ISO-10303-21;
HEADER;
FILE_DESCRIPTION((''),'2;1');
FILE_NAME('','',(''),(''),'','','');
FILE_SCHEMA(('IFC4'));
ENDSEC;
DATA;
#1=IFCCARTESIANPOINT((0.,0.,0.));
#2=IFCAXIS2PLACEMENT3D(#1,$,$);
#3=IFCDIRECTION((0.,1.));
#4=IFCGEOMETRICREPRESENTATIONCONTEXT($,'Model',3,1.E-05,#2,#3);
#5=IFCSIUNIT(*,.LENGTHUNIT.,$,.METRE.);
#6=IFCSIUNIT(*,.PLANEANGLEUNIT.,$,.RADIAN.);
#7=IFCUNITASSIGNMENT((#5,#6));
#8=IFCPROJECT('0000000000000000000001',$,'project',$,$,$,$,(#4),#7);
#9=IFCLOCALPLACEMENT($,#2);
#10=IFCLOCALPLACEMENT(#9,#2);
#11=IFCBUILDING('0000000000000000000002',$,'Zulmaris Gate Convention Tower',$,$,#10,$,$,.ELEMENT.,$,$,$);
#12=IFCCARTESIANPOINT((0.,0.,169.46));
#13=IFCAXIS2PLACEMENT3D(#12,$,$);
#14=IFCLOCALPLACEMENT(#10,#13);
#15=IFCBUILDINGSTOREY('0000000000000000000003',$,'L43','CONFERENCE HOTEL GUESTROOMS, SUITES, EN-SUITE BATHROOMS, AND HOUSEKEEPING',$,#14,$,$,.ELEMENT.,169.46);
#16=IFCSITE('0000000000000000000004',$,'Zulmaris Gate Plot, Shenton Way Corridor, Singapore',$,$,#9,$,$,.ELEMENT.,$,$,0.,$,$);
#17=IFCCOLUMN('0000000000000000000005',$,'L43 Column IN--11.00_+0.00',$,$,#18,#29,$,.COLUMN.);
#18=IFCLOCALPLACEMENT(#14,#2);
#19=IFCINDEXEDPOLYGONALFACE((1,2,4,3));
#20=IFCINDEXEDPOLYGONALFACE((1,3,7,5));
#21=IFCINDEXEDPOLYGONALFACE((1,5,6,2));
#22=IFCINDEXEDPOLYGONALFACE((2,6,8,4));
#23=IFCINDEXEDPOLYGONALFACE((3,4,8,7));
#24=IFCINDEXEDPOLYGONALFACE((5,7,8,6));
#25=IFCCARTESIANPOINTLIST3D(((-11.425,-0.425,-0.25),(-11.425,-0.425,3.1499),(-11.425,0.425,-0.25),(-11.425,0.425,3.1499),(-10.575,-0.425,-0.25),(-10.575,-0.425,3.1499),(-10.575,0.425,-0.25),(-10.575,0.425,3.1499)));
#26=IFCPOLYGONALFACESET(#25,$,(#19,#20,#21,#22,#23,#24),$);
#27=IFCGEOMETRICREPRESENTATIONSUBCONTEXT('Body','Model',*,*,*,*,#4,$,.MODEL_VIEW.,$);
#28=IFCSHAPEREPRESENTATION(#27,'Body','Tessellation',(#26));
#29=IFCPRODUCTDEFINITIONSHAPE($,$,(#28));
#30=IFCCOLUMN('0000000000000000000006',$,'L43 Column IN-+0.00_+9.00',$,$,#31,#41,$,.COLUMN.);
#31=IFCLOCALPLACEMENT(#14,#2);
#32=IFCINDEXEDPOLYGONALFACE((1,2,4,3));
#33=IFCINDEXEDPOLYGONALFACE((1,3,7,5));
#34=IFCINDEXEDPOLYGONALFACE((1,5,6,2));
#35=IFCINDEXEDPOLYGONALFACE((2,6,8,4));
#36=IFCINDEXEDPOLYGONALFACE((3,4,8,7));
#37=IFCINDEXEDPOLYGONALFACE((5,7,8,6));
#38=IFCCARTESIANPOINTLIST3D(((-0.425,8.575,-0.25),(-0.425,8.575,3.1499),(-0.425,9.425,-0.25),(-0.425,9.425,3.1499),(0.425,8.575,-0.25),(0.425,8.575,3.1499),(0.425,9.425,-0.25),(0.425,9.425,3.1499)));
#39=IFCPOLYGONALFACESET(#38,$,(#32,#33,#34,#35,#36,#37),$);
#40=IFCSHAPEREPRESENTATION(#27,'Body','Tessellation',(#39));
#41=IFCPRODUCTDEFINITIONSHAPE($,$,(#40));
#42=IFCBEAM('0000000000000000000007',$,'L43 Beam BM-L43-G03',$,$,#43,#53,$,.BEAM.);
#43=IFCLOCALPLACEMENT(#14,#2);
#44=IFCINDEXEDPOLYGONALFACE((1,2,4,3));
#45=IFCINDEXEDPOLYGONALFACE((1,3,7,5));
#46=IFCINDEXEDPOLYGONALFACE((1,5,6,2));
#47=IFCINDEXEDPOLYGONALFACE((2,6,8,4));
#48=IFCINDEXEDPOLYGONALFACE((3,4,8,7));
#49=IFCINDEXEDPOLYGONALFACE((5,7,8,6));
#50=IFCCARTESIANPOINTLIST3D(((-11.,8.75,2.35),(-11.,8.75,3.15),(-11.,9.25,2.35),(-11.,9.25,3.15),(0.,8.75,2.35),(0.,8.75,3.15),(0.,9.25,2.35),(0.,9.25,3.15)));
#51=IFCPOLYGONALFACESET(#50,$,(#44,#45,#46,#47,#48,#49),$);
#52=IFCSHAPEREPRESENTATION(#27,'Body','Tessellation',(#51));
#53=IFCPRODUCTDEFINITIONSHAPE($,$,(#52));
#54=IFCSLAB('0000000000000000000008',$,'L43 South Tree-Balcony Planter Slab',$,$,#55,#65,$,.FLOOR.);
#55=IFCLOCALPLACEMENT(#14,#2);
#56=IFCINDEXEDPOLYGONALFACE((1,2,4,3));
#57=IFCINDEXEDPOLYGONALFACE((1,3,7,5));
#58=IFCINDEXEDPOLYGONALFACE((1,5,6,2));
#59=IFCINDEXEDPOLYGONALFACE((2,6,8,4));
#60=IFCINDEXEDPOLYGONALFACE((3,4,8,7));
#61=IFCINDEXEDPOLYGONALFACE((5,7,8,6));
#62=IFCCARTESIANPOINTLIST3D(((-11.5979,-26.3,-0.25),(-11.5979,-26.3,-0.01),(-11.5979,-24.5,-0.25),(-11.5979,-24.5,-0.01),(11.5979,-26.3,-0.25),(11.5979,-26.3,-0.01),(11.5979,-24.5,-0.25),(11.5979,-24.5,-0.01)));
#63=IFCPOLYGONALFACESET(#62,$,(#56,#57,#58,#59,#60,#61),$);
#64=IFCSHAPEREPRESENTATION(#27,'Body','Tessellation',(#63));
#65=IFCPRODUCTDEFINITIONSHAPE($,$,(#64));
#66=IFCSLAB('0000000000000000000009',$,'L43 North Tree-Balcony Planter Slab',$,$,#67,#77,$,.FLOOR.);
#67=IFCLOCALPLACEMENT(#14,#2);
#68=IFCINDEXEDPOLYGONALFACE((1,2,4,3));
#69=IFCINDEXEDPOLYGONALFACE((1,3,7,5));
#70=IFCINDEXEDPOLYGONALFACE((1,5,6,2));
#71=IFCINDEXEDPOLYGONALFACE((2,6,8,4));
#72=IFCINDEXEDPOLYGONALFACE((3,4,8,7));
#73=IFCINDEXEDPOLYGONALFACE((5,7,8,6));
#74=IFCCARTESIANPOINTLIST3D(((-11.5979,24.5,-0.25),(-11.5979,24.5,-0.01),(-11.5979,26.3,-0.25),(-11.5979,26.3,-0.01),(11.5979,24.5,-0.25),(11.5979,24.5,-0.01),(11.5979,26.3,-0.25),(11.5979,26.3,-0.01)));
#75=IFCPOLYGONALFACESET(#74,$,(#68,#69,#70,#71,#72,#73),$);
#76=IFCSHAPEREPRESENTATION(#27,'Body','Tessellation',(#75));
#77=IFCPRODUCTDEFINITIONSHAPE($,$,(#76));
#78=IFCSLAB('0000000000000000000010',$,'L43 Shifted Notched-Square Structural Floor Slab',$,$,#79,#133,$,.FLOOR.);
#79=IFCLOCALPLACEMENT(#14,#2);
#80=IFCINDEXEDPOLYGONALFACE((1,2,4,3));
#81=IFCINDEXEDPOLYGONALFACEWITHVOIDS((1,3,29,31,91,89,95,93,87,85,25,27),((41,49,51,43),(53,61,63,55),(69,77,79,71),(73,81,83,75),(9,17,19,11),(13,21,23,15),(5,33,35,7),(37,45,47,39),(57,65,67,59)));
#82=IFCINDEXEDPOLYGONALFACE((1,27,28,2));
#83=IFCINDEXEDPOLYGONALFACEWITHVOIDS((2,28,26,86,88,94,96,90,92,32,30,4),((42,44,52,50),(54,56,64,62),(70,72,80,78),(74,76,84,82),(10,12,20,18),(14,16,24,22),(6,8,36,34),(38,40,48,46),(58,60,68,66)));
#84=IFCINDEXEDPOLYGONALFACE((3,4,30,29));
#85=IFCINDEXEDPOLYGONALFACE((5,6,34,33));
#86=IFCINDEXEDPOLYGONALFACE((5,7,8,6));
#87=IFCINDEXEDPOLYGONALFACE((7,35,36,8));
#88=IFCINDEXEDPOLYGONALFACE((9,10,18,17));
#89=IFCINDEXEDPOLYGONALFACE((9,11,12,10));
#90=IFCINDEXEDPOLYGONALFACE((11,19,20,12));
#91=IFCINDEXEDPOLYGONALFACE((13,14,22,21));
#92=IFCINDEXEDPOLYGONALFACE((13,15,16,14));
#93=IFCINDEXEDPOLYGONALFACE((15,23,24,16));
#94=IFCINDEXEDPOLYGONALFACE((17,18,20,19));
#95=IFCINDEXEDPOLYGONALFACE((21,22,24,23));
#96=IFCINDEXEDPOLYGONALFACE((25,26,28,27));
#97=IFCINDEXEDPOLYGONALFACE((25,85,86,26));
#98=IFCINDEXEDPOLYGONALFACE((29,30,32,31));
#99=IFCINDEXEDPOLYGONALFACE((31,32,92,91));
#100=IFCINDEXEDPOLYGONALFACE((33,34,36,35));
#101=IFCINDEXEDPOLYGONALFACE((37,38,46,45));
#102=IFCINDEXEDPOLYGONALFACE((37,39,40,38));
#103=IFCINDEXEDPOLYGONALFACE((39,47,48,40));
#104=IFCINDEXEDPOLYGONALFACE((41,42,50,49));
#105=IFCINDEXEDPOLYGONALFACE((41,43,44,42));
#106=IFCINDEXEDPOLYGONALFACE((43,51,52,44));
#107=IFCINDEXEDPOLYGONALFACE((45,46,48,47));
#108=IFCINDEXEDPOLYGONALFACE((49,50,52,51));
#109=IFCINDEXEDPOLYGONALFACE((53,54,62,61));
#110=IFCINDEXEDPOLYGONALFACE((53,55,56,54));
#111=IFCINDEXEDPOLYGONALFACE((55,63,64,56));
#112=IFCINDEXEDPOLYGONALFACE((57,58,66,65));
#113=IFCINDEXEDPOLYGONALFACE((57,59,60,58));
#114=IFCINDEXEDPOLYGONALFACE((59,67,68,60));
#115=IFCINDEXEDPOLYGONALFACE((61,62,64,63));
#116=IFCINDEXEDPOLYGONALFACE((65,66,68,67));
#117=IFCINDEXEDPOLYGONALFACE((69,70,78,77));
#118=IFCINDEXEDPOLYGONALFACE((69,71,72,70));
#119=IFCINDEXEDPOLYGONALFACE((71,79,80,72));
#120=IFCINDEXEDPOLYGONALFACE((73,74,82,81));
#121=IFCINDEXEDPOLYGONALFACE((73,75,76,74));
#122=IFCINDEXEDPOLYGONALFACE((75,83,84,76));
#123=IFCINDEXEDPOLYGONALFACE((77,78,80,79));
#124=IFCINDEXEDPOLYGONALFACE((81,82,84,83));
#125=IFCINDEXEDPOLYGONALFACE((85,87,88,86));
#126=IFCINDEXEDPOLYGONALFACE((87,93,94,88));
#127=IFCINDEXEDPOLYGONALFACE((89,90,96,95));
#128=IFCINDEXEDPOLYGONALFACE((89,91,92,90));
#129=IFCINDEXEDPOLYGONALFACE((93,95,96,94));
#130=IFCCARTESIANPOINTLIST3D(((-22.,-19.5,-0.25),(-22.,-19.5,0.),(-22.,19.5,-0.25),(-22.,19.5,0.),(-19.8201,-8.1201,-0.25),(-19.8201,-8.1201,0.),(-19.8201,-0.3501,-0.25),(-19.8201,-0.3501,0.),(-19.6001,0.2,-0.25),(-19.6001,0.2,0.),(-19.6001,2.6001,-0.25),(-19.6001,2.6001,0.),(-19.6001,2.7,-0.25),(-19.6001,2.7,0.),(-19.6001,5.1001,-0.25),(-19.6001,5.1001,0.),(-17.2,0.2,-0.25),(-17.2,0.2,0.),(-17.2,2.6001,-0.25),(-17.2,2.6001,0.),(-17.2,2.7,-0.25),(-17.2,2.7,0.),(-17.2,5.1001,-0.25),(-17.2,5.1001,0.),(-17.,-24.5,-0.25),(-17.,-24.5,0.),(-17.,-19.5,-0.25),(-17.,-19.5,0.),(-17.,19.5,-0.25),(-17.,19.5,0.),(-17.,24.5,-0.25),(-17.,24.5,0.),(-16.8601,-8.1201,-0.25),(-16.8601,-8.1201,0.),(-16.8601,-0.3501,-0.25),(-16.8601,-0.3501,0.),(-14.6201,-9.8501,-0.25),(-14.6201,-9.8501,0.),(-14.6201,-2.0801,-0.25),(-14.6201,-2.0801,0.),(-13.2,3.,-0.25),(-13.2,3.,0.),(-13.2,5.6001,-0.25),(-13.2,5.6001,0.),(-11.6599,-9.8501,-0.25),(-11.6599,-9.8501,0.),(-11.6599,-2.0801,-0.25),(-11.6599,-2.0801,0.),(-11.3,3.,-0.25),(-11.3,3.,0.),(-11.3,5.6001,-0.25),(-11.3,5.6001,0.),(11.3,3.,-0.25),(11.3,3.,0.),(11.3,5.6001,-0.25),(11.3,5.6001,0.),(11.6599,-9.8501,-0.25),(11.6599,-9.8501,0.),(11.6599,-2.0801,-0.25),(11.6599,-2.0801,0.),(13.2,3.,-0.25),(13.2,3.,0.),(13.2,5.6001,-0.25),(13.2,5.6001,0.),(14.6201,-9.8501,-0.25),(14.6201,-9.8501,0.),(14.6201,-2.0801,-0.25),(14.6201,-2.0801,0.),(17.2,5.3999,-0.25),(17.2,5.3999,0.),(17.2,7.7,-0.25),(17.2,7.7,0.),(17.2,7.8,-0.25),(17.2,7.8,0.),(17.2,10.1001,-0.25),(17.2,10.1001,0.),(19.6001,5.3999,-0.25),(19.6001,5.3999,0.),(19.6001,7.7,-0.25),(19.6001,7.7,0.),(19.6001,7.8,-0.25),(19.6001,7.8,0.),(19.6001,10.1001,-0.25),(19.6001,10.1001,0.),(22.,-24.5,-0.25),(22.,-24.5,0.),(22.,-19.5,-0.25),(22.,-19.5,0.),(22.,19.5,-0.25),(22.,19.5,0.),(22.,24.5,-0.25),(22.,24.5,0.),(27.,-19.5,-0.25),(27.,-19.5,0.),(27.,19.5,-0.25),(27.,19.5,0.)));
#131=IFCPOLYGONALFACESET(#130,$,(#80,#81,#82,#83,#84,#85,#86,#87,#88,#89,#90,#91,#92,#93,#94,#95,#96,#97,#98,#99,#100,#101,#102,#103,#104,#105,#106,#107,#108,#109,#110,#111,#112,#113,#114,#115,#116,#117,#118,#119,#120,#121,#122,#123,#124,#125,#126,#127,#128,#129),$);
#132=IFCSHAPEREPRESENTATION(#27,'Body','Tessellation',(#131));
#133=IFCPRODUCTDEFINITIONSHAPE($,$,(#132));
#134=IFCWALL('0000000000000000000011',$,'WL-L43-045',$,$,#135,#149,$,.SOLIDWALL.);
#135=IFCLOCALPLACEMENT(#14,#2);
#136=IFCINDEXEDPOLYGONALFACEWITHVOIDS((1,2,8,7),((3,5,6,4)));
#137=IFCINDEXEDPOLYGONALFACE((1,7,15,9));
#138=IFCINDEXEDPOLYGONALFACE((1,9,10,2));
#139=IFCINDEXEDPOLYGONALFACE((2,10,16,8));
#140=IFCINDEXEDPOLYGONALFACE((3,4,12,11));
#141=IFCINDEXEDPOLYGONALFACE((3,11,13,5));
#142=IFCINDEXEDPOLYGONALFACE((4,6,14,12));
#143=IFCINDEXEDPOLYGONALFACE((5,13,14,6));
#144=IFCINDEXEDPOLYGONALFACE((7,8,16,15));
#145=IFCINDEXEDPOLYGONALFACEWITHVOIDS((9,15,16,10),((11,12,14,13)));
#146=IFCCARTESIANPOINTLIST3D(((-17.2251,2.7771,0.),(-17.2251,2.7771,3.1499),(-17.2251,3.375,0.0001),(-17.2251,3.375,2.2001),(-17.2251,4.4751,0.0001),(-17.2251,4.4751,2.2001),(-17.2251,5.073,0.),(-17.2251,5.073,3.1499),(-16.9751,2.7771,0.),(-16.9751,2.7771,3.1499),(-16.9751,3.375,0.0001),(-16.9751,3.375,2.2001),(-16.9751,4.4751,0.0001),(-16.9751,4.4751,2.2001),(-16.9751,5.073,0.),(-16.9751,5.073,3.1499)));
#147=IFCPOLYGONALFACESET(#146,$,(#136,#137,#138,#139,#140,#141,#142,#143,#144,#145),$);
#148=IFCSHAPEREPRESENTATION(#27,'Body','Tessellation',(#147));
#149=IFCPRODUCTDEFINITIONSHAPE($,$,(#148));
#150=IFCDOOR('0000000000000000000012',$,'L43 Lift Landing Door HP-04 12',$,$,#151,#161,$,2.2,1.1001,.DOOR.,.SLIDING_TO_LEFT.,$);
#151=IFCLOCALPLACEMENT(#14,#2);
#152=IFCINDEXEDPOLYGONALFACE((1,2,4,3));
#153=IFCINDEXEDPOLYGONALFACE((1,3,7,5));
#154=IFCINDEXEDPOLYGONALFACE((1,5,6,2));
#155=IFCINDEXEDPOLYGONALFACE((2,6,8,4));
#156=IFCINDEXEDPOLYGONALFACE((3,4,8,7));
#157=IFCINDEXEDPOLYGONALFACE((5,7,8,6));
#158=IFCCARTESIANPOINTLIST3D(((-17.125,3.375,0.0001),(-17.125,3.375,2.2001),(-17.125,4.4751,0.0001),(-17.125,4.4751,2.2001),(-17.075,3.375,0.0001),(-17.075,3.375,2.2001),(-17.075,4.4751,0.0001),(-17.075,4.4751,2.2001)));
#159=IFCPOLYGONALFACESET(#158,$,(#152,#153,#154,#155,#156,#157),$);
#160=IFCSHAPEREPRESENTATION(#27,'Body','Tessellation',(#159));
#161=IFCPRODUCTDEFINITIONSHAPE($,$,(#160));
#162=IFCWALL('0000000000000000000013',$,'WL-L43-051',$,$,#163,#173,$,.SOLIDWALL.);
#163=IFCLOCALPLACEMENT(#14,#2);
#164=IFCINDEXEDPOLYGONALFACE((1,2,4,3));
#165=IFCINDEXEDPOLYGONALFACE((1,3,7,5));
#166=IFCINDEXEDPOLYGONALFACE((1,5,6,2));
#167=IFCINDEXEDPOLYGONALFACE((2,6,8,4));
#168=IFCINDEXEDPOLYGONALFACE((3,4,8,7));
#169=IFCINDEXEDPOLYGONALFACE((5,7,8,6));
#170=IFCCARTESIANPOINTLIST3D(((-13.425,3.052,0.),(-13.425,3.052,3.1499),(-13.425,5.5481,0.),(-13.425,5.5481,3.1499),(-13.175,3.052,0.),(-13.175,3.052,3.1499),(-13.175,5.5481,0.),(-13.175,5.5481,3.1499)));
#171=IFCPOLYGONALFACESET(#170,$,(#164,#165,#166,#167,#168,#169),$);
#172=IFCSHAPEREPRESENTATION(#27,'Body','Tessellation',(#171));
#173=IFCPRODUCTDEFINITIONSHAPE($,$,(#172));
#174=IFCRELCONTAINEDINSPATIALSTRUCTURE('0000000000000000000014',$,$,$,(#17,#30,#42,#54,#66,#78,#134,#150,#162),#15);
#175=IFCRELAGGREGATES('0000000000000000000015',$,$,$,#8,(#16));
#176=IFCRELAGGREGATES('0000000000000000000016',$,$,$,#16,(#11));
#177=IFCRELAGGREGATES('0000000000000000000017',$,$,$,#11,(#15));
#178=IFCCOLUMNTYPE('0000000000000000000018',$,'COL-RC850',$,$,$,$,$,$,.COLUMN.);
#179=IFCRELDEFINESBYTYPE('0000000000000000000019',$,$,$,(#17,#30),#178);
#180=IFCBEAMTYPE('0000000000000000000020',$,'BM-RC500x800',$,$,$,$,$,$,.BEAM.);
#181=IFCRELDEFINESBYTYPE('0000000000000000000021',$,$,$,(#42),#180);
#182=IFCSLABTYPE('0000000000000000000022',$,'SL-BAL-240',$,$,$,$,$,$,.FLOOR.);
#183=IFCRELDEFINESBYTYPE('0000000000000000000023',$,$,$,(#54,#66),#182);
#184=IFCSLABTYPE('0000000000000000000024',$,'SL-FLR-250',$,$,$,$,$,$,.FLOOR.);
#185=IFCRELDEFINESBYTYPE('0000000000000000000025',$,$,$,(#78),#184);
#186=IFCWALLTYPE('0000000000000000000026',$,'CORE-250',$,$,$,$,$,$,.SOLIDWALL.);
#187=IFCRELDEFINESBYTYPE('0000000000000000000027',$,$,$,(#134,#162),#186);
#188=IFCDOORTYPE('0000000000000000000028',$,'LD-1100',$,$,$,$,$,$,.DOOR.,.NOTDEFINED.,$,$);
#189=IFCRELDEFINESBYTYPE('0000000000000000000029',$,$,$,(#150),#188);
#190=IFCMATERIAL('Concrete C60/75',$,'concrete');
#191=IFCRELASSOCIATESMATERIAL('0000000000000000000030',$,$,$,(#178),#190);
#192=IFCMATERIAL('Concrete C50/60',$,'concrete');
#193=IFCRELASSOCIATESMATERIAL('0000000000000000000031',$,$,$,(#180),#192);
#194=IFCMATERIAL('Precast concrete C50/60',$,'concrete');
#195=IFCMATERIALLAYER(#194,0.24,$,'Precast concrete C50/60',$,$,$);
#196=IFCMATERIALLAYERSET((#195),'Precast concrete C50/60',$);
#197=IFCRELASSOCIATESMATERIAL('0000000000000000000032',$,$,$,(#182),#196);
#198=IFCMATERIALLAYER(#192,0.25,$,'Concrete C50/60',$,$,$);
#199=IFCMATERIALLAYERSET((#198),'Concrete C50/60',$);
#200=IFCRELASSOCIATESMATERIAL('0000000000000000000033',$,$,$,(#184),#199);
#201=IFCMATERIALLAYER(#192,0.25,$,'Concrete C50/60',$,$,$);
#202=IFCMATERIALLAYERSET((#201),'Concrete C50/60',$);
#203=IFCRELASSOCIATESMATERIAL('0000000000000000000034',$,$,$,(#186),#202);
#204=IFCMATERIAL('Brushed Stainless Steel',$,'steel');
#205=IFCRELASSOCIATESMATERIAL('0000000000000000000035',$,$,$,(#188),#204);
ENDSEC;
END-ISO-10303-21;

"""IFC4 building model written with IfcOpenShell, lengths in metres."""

from ifc_helpers import new_model, si_unit, direction, frame, frame_2d, origin, origin_2d, place, context, subcontext, project, spatial, polyline, rectangle, outline, extrude, material, layer, layer_set, material_profile, profile_set, type_object, element, fill, save


model = new_model("IFC4")

# Units and contexts
model_context = context("Model", 3, precision=1e-05, world=origin(), true_north=direction((0.0, 1.0)))
body_context = subcontext(model_context, "Body", "Model", "MODEL_VIEW")
ifc_project = project(units=[si_unit("LENGTHUNIT", "METRE"), si_unit("PLANEANGLEUNIT", "RADIAN")], contexts=[model_context])

# Site, building, storey
site_placement = place(None, origin())
site = spatial("IfcSite", under=ifc_project, at=site_placement, Name="Zulmaris Gate Plot, Shenton Way Corridor, Singapore", CompositionType="ELEMENT", RefElevation=0.0)
building_placement = place(site_placement, origin())
building = spatial("IfcBuilding", under=site, at=building_placement, Name="Zulmaris Gate Convention Tower", CompositionType="ELEMENT")
storey_placement = place(building_placement, frame((0.0, 0.0, 169.46)))
storey = spatial("IfcBuildingStorey", under=building, at=storey_placement, Name="L43", Description="CONFERENCE HOTEL GUESTROOMS, SUITES, EN-SUITE BATHROOMS, AND HOUSEKEEPING", CompositionType="ELEMENT", Elevation=169.46)

# Columns
ifc_material_1 = material(Name="Concrete C60/75", Category="concrete")
ifc_material_profile_1 = material_profile(ifc_material_1, rectangle(XDim=0.8501, YDim=0.8501, at=origin_2d()), Name="RC COL 850x850")
ifc_profile_set_1 = profile_set([ifc_material_profile_1], Name="Concrete C60/75")
column_type = type_object("IfcColumnType", Name="COL-RC850", PredefinedType="COLUMN", material=ifc_profile_set_1)
for number, where, z_axis, x_axis, name in (
    (1, (-11.0, 0.0, -0.25), (0.0, 0.0, 1.0), (1.0, 0.0, 0.0), "L43 Column IN--11.00_+0.00"),
    (2, (0.0, 9.0, -0.25), (0.0, 0.0, 1.0), (1.0, 0.0, 0.0), "L43 Column IN-+0.00_+9.00"),
):
    element("IfcColumn", number, at=place(storey_placement, frame(where, z_axis=z_axis, x_axis=x_axis)), inside=storey, type_object=column_type, Name=name, PredefinedType="COLUMN", context=body_context, shape_type="SweptSolid", body=[
        extrude(rectangle(XDim=0.8501, YDim=0.8501, at=origin_2d()), origin(), (0.0, 0.0, 1.0), 3.3999),
    ])

# Beam
ifc_material_2 = material(Name="Concrete C50/60", Category="concrete")
ifc_material_profile_2 = material_profile(ifc_material_2, rectangle(XDim=0.5, YDim=0.8, at=origin_2d()), Name="RC BEAM 500x800")
ifc_profile_set_2 = profile_set([ifc_material_profile_2], Name="Concrete C50/60")
beam_type = type_object("IfcBeamType", Name="BM-RC500x800", PredefinedType="BEAM", material=ifc_profile_set_2)
beam_placement = place(storey_placement, frame((-11.0, 9.0, 2.75), z_axis=(1.0, 0.0, 0.0), x_axis=(0.0, 1.0, 0.0)))
element("IfcBeam", 3, at=beam_placement, inside=storey, type_object=beam_type, Name="L43 Beam BM-L43-G03", PredefinedType="BEAM", context=body_context, shape_type="SweptSolid", body=[
    extrude(rectangle(XDim=0.5, YDim=0.8, at=origin_2d()), origin(), (0.0, 0.0, 1.0), 11.0),
])

# Slabs
ifc_material_3 = material(Name="Precast concrete C50/60", Category="concrete")
ifc_layer_1 = layer(ifc_material_3, 0.24, Name="Precast concrete C50/60")
ifc_layer_set_1 = layer_set([ifc_layer_1], Name="Precast concrete C50/60")
slab_type_1 = type_object("IfcSlabType", Name="SL-BAL-240", PredefinedType="FLOOR", material=ifc_layer_set_1)
slab_1_placement = place(storey_placement, frame((0.0, 0.0, -0.25)))
element("IfcSlab", 4, at=slab_1_placement, inside=storey, type_object=slab_type_1, Name="L43 South Tree-Balcony Planter Slab", PredefinedType="FLOOR", context=body_context, shape_type="SweptSolid", body=[
    extrude(outline(polyline([(-11.5979, -26.3), (-11.5979, -24.5), (11.5979, -24.5), (11.5979, -26.3), (-11.5979, -26.3)])), origin(), (0.0, 0.0, 1.0), 0.24),
])
slab_2_placement = place(storey_placement, frame((0.0, 0.0, -0.25)))
element("IfcSlab", 5, at=slab_2_placement, inside=storey, type_object=slab_type_1, Name="L43 North Tree-Balcony Planter Slab", PredefinedType="FLOOR", context=body_context, shape_type="SweptSolid", body=[
    extrude(outline(polyline([(11.5979, 26.3), (11.5979, 24.5), (-11.5979, 24.5), (-11.5979, 26.3), (11.5979, 26.3)])), origin(), (0.0, 0.0, 1.0), 0.24),
])
ifc_layer_2 = layer(ifc_material_2, 0.25, Name="Concrete C50/60")
ifc_layer_set_2 = layer_set([ifc_layer_2], Name="Concrete C50/60")
slab_type_2 = type_object("IfcSlabType", Name="SL-FLR-250", PredefinedType="FLOOR", material=ifc_layer_set_2)
slab_3_placement = place(storey_placement, frame((0.0, 0.0, -0.25)))
element("IfcSlab", 6, at=slab_3_placement, inside=storey, type_object=slab_type_2, Name="L43 Shifted Notched-Square Structural Floor Slab", PredefinedType="FLOOR", context=body_context, shape_type="SweptSolid", body=[
    extrude(outline(polyline([(-17.0, -24.5), (22.0, -24.5), (22.0, -19.5), (27.0, -19.5), (27.0, 19.5), (22.0, 19.5), (22.0, 24.5), (-17.0, 24.5), (-17.0, 19.5), (-22.0, 19.5), (-22.0, -19.5), (-17.0, -19.5), (-17.0, -24.5)]), holes=[polyline([(-14.6201, -2.0801), (-14.6201, -9.8501), (-11.6599, -9.8501), (-11.6599, -2.0801), (-14.6201, -2.0801)]), polyline([(11.6599, -2.0801), (11.6599, -9.8501), (14.6201, -9.8501), (14.6201, -2.0801), (11.6599, -2.0801)]), polyline([(-16.8601, -8.1201), (-16.8601, -0.3501), (-19.8201, -0.3501), (-19.8201, -8.1201), (-16.8601, -8.1201)]), polyline([(-13.2, 3.0), (-11.3, 3.0), (-11.3, 5.6001), (-13.2, 5.6001), (-13.2, 3.0)]), polyline([(11.3, 3.0), (13.2, 3.0), (13.2, 5.6001), (11.3, 5.6001), (11.3, 3.0)]), polyline([(17.2, 5.3999), (19.6001, 5.3999), (19.6001, 7.7), (17.2, 7.7), (17.2, 5.3999)]), polyline([(17.2, 7.8), (19.6001, 7.8), (19.6001, 10.1001), (17.2, 10.1001), (17.2, 7.8)]), polyline([(-19.6001, 0.2), (-17.2, 0.2), (-17.2, 2.6001), (-19.6001, 2.6001), (-19.6001, 0.2)]), polyline([(-19.6001, 2.7), (-17.2, 2.7), (-17.2, 5.1001), (-19.6001, 5.1001), (-19.6001, 2.7)])]), origin(), (0.0, 0.0, 1.0), 0.25),
])

# Wall, opening, door
ifc_layer_3 = layer(ifc_material_2, 0.25, Name="Concrete C50/60")
ifc_layer_set_3 = layer_set([ifc_layer_3], Name="Concrete C50/60")
wall_type_1 = type_object("IfcWallType", Name="CORE-250", PredefinedType="SOLIDWALL", material=ifc_layer_set_3)
wall_1_placement = place(storey_placement, frame((-17.1001, 2.7771, 0.0), z_axis=(0.0, 0.0, 1.0), x_axis=(0.0, 1.0, 0.0)))
wall_1 = element("IfcWall", 7, at=wall_1_placement, inside=storey, type_object=wall_type_1, Name="WL-L43-045", PredefinedType="SOLIDWALL", context=body_context, shape_type="SweptSolid", body=[
    extrude(rectangle(XDim=2.2959, YDim=0.25, at=frame_2d((1.1479, 0.0))), origin(), (0.0, 0.0, 1.0), 3.1499),
])
opening_1_placement = place(wall_1_placement, frame((0.5979, 0.0, 0.0)))
opening_1 = element("IfcOpeningElement", 8, at=opening_1_placement, cuts=wall_1, PredefinedType="OPENING", context=body_context, shape_type="SweptSolid", body=[
    extrude(rectangle(XDim=1.1001, YDim=2.2, at=frame_2d((0.55, 1.1001))), frame((0.0, 0.135, 0.0), z_axis=(0.0, -1.0, 0.0), x_axis=(1.0, 0.0, 0.0)), (0.0, 0.0, 1.0), 0.27),
])
ifc_material_4 = material(Name="Brushed Stainless Steel", Category="steel")
door_type_1 = type_object("IfcDoorType", Name="LD-1100", OperationType="NOTDEFINED", PredefinedType="DOOR", material=ifc_material_4)
door_1_placement = place(opening_1_placement, origin())
door_1 = element("IfcDoor", 9, at=door_1_placement, inside=storey, type_object=door_type_1, Name="L43 Lift Landing Door HP-04 12", OperationType="SLIDING_TO_LEFT", OverallHeight=2.2, OverallWidth=1.1001, PredefinedType="DOOR", context=body_context, shape_type="SweptSolid", body=[
    extrude(rectangle(XDim=1.1001, YDim=2.2, at=frame_2d((0.55, 1.1001))), frame((0.0, 0.0249, 0.0), z_axis=(0.0, -1.0, 0.0), x_axis=(1.0, 0.0, 0.0)), (0.0, 0.0, 1.0), 0.05),
])
fill(opening_1, door_1)

# Wall
wall_2_placement = place(storey_placement, frame((-13.3, 3.052, 0.0), z_axis=(0.0, 0.0, 1.0), x_axis=(0.0, 1.0, 0.0)))
element("IfcWall", 10, at=wall_2_placement, inside=storey, type_object=wall_type_1, Name="WL-L43-051", PredefinedType="SOLIDWALL", context=body_context, shape_type="SweptSolid", body=[
    extrude(rectangle(XDim=2.4961, YDim=0.25, at=frame_2d((1.248, 0.0))), origin(), (0.0, 0.0, 1.0), 3.1499),
])

save(model, "model.ifc")
